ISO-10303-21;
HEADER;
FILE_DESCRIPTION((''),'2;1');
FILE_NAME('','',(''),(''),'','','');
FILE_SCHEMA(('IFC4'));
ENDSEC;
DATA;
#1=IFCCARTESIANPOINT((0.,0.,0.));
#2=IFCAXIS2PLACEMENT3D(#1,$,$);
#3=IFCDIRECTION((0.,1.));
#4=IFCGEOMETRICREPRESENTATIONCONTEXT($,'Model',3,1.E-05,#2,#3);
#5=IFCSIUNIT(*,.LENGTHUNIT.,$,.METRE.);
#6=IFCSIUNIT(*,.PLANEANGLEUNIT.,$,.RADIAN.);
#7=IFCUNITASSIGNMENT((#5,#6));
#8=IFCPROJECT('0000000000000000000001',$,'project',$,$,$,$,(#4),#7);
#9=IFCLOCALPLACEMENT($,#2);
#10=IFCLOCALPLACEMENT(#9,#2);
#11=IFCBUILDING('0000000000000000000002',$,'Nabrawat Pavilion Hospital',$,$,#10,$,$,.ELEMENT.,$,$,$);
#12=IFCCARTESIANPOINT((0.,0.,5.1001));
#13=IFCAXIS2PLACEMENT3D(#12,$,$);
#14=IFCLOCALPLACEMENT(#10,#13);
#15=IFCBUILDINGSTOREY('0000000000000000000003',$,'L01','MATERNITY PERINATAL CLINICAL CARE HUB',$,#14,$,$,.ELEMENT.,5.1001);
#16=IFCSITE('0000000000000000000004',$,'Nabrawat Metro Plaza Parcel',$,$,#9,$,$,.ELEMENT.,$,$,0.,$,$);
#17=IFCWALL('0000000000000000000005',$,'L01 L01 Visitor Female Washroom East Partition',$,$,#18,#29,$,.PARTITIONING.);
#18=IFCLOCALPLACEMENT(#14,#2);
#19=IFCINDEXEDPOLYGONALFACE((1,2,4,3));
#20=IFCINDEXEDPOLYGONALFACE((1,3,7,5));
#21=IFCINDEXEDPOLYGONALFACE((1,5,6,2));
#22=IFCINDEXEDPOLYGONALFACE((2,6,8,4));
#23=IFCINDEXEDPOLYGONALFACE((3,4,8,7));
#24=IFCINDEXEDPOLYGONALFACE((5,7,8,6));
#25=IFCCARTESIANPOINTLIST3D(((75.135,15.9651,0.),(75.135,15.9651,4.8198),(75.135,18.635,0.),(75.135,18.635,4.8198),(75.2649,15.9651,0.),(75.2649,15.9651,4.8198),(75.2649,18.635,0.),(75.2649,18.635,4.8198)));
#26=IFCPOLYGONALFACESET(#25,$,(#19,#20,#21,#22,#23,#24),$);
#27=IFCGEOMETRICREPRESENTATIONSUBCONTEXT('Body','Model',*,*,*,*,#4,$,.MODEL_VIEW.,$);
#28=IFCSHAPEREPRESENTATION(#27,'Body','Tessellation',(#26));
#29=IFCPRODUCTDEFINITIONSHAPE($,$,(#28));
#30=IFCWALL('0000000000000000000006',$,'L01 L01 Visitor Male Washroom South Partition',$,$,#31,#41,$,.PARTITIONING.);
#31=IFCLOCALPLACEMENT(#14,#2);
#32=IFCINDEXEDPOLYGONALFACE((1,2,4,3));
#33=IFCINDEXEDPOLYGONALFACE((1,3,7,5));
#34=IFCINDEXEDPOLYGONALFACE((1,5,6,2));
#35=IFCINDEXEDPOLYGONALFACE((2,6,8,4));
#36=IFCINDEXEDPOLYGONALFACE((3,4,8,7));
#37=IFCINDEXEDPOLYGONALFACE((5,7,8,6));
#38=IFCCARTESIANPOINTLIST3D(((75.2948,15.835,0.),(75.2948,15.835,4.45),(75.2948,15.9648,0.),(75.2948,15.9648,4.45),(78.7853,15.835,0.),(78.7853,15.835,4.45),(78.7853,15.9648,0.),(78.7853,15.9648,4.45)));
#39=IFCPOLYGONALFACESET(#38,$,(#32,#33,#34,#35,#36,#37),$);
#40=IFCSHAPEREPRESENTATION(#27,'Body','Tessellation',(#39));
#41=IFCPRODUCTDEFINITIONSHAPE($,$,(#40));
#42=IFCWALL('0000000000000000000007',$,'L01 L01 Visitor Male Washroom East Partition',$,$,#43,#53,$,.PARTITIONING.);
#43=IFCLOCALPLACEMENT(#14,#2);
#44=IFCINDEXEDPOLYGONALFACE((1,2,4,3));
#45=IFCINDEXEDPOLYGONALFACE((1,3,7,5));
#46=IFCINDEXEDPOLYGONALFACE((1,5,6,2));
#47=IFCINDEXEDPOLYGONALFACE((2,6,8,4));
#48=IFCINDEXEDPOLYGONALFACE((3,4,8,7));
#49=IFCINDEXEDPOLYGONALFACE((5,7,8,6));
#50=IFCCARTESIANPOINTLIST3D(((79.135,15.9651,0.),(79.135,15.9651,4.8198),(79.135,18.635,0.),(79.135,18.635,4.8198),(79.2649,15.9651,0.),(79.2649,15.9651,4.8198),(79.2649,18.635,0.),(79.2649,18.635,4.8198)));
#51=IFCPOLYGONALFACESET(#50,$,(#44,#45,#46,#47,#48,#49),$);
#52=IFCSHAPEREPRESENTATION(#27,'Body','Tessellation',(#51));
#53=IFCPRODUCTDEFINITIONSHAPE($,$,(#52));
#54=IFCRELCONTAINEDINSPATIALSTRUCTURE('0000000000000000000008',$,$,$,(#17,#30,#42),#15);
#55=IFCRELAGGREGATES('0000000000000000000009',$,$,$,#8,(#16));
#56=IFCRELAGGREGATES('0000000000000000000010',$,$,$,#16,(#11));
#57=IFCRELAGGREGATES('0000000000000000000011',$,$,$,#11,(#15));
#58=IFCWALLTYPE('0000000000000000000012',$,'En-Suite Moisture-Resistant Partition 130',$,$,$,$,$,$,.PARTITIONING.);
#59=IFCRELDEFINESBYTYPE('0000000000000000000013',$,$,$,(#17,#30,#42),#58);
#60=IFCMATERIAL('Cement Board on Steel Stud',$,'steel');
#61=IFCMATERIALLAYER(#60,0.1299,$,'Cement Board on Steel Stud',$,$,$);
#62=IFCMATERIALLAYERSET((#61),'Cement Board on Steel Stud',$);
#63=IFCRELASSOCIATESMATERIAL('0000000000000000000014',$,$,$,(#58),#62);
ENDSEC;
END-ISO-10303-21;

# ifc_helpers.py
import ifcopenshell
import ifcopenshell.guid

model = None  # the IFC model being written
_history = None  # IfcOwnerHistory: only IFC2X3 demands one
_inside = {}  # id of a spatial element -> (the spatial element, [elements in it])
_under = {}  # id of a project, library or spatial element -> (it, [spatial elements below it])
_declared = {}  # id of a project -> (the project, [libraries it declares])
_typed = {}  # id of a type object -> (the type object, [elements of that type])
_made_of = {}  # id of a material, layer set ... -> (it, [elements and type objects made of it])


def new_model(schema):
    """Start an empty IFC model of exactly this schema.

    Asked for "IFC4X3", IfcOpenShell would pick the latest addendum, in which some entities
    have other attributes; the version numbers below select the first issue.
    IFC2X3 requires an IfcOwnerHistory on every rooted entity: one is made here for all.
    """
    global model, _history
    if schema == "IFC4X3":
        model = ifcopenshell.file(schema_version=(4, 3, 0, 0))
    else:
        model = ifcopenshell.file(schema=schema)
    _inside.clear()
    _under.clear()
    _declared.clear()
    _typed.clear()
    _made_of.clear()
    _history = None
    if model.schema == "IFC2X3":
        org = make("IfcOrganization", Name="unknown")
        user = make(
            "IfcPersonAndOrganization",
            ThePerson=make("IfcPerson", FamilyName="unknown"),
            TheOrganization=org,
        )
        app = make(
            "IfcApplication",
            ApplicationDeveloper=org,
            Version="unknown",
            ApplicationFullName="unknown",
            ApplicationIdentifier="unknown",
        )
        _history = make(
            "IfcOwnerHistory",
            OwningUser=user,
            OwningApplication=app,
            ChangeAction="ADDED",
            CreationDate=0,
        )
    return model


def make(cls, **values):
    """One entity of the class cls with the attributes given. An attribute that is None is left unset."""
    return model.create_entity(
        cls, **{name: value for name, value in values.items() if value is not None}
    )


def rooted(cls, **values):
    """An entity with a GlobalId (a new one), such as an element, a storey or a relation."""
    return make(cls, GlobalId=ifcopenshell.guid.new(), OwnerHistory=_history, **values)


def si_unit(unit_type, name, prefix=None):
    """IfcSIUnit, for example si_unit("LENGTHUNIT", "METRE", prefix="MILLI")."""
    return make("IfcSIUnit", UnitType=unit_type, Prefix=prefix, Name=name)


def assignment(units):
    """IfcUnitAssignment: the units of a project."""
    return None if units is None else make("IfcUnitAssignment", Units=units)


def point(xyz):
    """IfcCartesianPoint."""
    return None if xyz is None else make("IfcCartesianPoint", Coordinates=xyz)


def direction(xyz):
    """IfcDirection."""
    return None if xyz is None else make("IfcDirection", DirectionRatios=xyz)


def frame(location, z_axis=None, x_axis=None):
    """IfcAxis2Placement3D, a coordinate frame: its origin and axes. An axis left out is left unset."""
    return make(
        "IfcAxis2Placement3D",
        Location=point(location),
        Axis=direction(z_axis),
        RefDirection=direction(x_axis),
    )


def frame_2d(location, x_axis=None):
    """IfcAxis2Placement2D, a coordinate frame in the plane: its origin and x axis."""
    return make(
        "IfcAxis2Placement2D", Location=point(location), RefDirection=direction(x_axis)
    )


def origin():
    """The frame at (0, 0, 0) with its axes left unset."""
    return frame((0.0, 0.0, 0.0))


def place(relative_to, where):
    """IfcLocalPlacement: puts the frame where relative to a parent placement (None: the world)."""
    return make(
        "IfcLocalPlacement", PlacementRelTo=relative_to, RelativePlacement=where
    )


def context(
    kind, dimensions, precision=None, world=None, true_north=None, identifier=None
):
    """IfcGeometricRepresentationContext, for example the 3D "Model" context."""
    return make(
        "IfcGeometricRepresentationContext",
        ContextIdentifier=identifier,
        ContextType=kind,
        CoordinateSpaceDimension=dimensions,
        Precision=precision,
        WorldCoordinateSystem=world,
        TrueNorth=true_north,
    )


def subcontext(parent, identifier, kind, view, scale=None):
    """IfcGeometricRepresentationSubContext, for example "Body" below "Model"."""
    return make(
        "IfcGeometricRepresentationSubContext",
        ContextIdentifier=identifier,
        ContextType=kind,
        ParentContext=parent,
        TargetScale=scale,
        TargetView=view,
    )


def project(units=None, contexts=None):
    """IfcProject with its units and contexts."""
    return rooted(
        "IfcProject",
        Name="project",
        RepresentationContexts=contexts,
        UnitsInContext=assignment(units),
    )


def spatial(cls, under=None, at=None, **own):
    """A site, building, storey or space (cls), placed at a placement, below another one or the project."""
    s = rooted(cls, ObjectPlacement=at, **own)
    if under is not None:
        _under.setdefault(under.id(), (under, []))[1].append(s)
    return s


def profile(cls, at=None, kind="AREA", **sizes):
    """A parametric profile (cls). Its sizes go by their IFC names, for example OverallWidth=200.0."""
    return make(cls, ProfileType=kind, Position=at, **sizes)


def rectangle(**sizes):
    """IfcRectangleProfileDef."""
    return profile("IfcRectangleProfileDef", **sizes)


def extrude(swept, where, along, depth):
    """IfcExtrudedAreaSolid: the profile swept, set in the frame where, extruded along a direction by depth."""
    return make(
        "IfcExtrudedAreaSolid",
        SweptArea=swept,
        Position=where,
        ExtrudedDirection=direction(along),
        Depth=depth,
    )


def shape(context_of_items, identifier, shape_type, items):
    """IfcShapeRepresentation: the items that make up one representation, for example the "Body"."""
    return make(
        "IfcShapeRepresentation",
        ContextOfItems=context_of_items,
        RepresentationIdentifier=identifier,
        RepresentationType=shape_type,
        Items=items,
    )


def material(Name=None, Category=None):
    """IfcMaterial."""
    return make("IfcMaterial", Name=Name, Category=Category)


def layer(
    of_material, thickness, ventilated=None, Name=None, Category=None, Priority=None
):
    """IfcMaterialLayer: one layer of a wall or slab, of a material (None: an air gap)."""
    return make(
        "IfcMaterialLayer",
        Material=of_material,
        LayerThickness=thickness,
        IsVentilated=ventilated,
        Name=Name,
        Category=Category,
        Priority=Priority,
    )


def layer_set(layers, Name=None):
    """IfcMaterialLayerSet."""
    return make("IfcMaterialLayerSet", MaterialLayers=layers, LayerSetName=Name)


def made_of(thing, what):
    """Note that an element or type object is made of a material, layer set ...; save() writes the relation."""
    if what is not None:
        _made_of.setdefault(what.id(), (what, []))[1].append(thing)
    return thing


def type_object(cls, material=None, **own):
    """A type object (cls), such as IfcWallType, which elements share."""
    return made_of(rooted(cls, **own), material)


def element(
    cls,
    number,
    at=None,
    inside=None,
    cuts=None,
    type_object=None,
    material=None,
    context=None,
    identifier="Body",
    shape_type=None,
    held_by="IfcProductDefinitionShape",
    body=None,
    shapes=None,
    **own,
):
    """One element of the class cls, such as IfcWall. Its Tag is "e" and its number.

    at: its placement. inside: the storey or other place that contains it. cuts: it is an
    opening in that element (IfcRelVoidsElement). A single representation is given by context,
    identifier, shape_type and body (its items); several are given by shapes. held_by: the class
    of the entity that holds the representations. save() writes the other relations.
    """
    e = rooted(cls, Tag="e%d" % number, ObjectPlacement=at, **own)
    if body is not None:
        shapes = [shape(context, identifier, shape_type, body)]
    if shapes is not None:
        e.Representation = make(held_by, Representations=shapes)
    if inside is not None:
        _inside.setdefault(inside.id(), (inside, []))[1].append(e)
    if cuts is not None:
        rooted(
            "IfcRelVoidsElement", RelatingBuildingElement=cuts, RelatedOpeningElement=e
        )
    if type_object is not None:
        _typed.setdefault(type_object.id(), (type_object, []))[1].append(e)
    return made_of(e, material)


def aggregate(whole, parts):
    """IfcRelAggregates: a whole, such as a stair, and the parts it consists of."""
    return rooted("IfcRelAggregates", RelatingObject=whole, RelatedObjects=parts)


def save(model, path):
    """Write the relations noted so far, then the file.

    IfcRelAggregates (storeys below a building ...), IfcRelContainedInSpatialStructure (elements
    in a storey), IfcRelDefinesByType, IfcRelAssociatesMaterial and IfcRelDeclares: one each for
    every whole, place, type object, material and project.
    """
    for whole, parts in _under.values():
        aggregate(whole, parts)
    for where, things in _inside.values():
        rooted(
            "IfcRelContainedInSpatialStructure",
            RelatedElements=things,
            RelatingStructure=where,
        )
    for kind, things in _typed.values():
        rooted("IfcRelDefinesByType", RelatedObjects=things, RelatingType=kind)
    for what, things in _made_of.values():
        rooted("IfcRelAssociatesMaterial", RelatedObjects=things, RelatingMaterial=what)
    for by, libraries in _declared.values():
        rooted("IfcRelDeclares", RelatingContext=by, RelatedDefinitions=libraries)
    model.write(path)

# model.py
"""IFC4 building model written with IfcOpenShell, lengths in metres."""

from ifc_helpers import new_model, si_unit, direction, frame, frame_2d, origin, place, context, subcontext, project, spatial, rectangle, extrude, material, layer, layer_set, type_object, element, save


model = new_model("IFC4")

# Units and contexts
model_context = context("Model", 3, precision=1e-05, world=origin(), true_north=direction((0.0, 1.0)))
body_context = subcontext(model_context, "Body", "Model", "MODEL_VIEW")
ifc_project = project(units=[si_unit("LENGTHUNIT", "METRE"), si_unit("PLANEANGLEUNIT", "RADIAN")], contexts=[model_context])

# Site, building, storey
site_placement = place(None, origin())
site = spatial("IfcSite", under=ifc_project, at=site_placement, Name="Nabrawat Metro Plaza Parcel", CompositionType="ELEMENT", RefElevation=0.0)
building_placement = place(site_placement, origin())
building = spatial("IfcBuilding", under=site, at=building_placement, Name="Nabrawat Pavilion Hospital", CompositionType="ELEMENT")
storey_placement = place(building_placement, frame((0.0, 0.0, 5.1001)))
storey = spatial("IfcBuildingStorey", under=building, at=storey_placement, Name="L01", Description="MATERNITY PERINATAL CLINICAL CARE HUB", CompositionType="ELEMENT", Elevation=5.1001)

# Walls
ifc_material_1 = material(Name="Cement Board on Steel Stud", Category="steel")
ifc_layer_1 = layer(ifc_material_1, 0.1299, Name="Cement Board on Steel Stud")
ifc_layer_set_1 = layer_set([ifc_layer_1], Name="Cement Board on Steel Stud")
wall_type = type_object("IfcWallType", Name="En-Suite Moisture-Resistant Partition 130", PredefinedType="PARTITIONING", material=ifc_layer_set_1)
wall_1_placement = place(storey_placement, frame((75.2, 15.9651, 0.0), z_axis=(0.0, 0.0, 1.0), x_axis=(0.0, 1.0, 0.0)))
element("IfcWall", 1, at=wall_1_placement, inside=storey, type_object=wall_type, Name="L01 L01 Visitor Female Washroom East Partition", PredefinedType="PARTITIONING", context=body_context, shape_type="SweptSolid", body=[
    extrude(rectangle(XDim=2.6699, YDim=0.1299, at=frame_2d((1.335, 0.0))), origin(), (0.0, 0.0, 1.0), 4.8198),
])
wall_2_placement = place(storey_placement, frame((75.2949, 15.8999, 0.0), z_axis=(0.0, 0.0, 1.0), x_axis=(1.0, 0.0, 0.0)))
element("IfcWall", 2, at=wall_2_placement, inside=storey, type_object=wall_type, Name="L01 L01 Visitor Male Washroom South Partition", PredefinedType="PARTITIONING", context=body_context, shape_type="SweptSolid", body=[
    extrude(rectangle(XDim=3.4905, YDim=0.1299, at=frame_2d((1.7451, 0.0))), origin(), (0.0, 0.0, 1.0), 4.45),
])
wall_3_placement = place(storey_placement, frame((79.2, 15.9651, 0.0), z_axis=(0.0, 0.0, 1.0), x_axis=(0.0, 1.0, 0.0)))
element("IfcWall", 3, at=wall_3_placement, inside=storey, type_object=wall_type, Name="L01 L01 Visitor Male Washroom East Partition", PredefinedType="PARTITIONING", context=body_context, shape_type="SweptSolid", body=[
    extrude(rectangle(XDim=2.6699, YDim=0.1299, at=frame_2d((1.335, 0.0))), origin(), (0.0, 0.0, 1.0), 4.8198),
])

save(model, "model.ifc")
